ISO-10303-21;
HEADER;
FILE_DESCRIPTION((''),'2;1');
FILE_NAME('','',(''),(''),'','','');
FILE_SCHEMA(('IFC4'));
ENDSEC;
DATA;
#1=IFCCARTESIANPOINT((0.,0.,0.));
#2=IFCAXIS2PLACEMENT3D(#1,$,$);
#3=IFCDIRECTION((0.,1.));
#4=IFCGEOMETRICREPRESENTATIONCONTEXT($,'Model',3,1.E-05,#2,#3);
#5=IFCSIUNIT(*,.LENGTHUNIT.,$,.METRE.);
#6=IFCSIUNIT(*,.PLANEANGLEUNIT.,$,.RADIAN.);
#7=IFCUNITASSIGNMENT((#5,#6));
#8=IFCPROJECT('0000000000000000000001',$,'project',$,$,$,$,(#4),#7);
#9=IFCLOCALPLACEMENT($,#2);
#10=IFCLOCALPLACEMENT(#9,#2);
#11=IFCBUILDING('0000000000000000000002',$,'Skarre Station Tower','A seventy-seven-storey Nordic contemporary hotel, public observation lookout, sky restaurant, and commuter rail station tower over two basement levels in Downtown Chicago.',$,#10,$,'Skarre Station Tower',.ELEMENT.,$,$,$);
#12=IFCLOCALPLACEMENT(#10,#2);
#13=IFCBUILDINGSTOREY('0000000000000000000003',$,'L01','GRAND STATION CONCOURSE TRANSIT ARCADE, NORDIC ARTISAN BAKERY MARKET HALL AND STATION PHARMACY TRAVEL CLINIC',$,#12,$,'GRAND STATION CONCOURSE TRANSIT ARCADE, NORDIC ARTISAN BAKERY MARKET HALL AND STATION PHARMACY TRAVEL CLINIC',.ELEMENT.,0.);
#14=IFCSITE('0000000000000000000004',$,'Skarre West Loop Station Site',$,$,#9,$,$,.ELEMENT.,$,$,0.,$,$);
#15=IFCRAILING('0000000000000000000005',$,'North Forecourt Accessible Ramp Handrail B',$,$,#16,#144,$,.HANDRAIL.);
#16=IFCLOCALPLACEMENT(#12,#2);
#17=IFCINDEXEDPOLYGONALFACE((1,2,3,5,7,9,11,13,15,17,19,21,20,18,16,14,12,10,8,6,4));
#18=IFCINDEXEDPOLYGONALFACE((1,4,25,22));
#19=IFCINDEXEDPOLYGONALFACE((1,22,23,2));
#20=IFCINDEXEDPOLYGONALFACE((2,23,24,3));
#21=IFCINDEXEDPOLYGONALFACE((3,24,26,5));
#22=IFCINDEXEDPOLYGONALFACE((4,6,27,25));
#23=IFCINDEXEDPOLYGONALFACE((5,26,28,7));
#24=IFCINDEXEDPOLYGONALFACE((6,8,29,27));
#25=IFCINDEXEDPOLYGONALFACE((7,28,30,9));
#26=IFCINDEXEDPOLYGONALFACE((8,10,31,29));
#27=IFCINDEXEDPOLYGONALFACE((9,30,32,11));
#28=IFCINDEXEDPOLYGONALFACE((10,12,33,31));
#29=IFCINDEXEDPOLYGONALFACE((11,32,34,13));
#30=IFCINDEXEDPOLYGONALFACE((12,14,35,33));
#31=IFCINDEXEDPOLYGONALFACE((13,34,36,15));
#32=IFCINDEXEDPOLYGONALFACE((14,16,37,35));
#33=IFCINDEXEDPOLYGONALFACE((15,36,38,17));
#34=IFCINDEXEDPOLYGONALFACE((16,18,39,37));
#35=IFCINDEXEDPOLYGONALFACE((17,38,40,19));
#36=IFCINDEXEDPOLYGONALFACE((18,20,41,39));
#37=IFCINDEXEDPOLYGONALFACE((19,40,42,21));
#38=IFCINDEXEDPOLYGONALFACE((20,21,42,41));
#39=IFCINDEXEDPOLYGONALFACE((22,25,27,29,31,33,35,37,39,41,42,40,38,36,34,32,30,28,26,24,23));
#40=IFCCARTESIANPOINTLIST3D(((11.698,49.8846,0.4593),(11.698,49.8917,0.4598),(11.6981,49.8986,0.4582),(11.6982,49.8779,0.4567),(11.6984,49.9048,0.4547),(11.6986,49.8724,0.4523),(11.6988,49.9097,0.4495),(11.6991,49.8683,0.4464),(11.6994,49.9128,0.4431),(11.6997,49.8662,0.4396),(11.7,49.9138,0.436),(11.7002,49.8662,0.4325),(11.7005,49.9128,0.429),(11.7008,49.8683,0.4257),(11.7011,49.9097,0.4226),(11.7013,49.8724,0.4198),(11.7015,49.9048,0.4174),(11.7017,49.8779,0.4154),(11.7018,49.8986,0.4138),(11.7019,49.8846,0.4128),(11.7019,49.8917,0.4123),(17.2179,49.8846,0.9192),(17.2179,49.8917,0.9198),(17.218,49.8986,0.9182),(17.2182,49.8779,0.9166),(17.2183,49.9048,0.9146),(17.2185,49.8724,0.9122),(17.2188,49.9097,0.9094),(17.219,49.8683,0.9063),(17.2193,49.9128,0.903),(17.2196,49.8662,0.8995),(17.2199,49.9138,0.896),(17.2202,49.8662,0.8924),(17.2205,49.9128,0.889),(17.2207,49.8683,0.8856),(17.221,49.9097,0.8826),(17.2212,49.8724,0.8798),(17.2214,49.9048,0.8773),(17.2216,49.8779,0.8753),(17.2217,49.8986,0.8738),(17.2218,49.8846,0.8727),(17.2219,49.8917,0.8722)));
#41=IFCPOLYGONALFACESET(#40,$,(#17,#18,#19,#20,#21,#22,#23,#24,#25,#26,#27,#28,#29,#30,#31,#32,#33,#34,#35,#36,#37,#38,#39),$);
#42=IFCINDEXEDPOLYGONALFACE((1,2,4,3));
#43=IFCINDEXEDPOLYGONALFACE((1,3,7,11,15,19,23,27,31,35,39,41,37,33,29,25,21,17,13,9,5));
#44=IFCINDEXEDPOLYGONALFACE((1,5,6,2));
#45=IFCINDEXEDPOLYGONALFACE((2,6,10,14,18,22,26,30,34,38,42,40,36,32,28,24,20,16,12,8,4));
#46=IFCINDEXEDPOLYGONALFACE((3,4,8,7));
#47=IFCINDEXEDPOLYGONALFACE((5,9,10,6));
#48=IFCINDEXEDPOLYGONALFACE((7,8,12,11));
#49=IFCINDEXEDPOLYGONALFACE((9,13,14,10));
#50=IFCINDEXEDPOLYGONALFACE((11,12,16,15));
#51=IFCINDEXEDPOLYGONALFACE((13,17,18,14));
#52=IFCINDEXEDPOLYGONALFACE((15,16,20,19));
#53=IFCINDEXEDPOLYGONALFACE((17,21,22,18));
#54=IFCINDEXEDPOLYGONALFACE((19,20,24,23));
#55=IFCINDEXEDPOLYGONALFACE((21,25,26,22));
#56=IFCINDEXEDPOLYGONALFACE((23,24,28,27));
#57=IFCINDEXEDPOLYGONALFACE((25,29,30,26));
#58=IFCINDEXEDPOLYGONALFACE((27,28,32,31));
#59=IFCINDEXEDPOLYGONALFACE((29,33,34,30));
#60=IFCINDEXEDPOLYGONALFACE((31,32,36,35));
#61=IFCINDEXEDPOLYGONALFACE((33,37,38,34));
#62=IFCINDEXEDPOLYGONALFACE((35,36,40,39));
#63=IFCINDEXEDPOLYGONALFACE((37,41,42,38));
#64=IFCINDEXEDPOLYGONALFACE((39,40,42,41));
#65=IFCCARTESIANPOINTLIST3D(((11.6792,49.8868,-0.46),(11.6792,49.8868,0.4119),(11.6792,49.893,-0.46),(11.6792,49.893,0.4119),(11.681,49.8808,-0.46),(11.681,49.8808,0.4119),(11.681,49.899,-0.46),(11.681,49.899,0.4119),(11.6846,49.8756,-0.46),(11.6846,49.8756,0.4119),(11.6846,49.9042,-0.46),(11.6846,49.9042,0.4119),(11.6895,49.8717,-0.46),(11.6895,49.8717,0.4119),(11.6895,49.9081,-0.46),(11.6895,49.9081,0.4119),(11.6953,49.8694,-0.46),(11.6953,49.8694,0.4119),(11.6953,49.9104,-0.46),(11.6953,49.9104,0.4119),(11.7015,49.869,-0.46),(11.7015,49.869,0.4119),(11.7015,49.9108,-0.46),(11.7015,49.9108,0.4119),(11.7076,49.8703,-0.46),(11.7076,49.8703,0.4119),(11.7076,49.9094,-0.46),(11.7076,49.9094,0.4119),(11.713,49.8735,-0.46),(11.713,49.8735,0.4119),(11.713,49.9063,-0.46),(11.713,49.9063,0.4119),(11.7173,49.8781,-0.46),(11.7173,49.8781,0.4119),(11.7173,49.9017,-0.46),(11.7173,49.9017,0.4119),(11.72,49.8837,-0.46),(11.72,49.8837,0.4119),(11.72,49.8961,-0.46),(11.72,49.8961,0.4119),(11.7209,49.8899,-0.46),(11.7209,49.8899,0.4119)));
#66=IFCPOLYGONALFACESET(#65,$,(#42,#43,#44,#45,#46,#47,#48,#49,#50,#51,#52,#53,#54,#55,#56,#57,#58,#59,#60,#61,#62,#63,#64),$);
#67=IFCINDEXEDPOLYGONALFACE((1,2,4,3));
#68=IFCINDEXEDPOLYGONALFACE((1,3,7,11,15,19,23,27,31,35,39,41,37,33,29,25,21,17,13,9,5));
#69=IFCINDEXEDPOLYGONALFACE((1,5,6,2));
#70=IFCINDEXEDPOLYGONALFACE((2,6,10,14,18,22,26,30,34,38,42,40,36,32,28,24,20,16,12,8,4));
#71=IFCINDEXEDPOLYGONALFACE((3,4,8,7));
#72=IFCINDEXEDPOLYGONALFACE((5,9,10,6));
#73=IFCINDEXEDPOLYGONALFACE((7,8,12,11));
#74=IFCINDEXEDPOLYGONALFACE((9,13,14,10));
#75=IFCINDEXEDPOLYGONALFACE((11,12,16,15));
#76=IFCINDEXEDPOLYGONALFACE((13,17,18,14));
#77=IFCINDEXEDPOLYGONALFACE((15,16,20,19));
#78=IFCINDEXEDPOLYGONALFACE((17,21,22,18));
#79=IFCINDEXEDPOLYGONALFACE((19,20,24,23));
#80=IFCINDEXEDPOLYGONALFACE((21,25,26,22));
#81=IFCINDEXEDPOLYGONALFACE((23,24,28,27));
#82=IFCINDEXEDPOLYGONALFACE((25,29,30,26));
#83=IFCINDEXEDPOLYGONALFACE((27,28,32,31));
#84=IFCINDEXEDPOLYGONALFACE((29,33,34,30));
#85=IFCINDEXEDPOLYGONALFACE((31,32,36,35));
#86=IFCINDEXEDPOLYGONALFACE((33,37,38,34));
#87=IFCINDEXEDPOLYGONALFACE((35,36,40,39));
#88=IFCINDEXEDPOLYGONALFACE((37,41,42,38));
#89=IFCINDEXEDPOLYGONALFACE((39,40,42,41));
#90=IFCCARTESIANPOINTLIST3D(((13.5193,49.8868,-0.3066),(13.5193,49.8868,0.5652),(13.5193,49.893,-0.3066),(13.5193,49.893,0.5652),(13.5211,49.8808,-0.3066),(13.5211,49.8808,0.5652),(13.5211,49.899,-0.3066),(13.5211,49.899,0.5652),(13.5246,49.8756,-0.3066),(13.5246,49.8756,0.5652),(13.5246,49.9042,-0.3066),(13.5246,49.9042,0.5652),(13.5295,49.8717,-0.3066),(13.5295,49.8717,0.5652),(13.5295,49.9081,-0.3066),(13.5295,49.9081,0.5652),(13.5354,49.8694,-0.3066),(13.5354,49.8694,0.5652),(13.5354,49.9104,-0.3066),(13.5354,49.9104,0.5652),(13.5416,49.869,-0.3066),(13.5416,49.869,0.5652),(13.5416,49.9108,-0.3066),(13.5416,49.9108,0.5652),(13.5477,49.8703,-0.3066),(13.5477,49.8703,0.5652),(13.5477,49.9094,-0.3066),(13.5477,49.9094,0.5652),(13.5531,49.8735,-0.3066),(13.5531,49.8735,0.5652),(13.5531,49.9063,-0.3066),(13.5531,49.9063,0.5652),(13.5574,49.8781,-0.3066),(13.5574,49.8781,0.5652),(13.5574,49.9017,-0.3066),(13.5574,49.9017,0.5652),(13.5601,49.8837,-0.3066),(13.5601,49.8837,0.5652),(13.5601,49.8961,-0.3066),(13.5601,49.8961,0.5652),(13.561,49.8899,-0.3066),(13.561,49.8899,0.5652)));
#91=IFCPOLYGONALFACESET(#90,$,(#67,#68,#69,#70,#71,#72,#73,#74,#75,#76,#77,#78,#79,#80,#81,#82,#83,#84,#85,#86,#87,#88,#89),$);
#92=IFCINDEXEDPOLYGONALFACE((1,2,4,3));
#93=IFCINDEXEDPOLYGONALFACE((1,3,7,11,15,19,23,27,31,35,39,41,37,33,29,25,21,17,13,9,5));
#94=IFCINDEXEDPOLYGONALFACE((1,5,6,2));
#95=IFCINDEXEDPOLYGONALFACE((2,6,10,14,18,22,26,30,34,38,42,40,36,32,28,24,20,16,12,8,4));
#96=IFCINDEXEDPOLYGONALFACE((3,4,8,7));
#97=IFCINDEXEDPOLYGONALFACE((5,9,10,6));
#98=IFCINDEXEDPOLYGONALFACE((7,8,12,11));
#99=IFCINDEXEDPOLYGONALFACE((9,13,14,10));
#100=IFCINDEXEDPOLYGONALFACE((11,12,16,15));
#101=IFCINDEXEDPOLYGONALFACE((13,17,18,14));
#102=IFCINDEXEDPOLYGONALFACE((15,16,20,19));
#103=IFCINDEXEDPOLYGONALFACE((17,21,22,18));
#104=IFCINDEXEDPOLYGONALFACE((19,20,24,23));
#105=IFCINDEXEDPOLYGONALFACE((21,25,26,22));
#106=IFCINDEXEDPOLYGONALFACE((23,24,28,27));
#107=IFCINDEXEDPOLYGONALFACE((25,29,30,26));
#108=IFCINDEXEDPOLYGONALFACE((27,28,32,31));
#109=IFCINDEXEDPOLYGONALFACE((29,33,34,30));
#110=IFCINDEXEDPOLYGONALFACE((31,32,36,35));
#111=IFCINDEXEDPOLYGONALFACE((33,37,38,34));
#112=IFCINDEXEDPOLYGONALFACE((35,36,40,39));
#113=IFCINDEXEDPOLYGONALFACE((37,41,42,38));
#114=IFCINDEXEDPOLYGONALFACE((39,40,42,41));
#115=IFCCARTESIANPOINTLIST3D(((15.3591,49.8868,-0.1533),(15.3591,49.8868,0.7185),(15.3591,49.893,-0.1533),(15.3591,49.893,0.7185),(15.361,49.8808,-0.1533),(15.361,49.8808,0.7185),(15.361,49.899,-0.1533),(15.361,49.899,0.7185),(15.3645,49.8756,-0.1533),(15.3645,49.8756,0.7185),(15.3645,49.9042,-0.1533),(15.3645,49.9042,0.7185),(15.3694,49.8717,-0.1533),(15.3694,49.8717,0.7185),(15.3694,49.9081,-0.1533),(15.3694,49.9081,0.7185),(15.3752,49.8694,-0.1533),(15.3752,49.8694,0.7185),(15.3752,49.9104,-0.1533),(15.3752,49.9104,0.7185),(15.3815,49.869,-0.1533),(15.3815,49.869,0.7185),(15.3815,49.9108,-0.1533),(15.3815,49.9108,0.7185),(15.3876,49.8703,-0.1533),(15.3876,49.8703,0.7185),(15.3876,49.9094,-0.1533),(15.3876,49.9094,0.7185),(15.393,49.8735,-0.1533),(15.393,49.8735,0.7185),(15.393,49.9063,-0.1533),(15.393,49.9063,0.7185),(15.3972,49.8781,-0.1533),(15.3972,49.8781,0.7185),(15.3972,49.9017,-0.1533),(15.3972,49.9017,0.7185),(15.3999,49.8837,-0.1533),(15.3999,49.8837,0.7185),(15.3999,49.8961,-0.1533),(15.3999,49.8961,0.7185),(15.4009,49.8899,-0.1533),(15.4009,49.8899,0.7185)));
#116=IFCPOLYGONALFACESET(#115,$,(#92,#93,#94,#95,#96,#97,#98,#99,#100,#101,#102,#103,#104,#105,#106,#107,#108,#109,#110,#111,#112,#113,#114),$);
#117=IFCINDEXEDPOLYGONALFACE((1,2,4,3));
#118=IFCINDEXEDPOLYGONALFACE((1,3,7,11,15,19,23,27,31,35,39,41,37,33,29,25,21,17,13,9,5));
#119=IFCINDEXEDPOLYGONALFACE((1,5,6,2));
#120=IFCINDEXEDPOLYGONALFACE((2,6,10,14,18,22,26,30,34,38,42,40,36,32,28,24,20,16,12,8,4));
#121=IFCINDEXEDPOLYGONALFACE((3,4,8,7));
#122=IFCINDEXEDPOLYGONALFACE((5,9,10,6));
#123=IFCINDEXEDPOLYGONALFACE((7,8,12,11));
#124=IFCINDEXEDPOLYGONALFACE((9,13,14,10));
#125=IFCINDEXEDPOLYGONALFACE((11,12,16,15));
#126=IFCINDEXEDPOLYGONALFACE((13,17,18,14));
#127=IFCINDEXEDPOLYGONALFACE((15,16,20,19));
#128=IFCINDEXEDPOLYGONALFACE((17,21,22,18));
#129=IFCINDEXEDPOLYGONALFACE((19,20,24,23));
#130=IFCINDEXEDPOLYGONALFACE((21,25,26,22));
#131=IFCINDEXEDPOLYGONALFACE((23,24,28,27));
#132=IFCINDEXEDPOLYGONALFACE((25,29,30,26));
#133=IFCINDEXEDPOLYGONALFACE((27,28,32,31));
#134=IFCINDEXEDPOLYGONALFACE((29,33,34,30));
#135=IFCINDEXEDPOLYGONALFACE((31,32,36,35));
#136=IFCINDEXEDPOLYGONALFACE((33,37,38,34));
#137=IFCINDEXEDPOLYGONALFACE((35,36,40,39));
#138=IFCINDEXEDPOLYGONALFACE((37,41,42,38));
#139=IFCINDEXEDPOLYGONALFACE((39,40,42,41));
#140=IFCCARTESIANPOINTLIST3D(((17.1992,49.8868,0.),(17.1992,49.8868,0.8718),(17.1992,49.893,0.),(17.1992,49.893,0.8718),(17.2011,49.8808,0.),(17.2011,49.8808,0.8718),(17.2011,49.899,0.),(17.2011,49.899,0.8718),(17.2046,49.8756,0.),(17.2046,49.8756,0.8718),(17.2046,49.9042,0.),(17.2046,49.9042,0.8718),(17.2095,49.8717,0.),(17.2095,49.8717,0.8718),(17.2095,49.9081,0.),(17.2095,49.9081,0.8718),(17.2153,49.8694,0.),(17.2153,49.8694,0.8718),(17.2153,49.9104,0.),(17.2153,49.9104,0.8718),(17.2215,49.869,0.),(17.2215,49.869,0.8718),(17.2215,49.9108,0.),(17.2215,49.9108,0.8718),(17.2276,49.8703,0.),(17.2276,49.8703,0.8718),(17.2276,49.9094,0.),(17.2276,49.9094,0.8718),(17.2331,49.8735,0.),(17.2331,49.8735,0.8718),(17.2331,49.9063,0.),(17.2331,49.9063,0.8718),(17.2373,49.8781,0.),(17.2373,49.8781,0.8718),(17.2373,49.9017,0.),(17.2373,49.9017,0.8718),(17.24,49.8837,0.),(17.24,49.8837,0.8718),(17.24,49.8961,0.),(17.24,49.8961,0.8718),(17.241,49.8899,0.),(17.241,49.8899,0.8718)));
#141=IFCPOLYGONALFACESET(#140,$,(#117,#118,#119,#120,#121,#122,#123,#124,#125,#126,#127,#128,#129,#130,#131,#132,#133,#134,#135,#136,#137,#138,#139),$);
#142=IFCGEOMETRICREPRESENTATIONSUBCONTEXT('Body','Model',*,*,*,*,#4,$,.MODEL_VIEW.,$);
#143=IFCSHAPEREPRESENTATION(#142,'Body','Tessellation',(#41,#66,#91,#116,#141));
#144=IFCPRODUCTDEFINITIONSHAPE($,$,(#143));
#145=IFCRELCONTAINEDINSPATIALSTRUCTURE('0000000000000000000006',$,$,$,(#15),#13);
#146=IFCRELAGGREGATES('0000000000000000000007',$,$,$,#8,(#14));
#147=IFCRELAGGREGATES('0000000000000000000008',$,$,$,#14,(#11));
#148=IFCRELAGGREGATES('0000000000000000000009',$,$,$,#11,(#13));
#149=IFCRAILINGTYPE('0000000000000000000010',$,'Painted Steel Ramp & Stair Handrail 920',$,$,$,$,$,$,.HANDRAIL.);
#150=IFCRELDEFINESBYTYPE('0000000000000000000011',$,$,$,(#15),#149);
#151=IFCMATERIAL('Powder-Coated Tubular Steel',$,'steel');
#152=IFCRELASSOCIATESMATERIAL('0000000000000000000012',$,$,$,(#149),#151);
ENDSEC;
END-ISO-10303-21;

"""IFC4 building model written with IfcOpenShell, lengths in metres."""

from ifc_helpers import new_model, si_unit, direction, frame, origin, origin_2d, place, context, subcontext, project, spatial, circle, extrude, material, type_object, element, save


model = new_model("IFC4")

# Units and contexts
model_context = context("Model", 3, precision=1e-05, world=origin(), true_north=direction((0.0, 1.0)))
body_context = subcontext(model_context, "Body", "Model", "MODEL_VIEW")
ifc_project = project(units=[si_unit("LENGTHUNIT", "METRE"), si_unit("PLANEANGLEUNIT", "RADIAN")], contexts=[model_context])

# Site, building, storey
site_placement = place(None, origin())
site = spatial("IfcSite", under=ifc_project, at=site_placement, Name="Skarre West Loop Station Site", CompositionType="ELEMENT", RefElevation=0.0)
building_placement = place(site_placement, origin())
building = spatial("IfcBuilding", under=site, at=building_placement, Name="Skarre Station Tower", Description="A seventy-seven-storey Nordic contemporary hotel, public observation lookout, sky restaurant, and commuter rail station tower over two basement levels in Downtown Chicago.", LongName="Skarre Station Tower", CompositionType="ELEMENT")
storey_placement = place(building_placement, origin())
storey = spatial("IfcBuildingStorey", under=building, at=storey_placement, Name="L01", Description="GRAND STATION CONCOURSE TRANSIT ARCADE, NORDIC ARTISAN BAKERY MARKET HALL AND STATION PHARMACY TRAVEL CLINIC", LongName="GRAND STATION CONCOURSE TRANSIT ARCADE, NORDIC ARTISAN BAKERY MARKET HALL AND STATION PHARMACY TRAVEL CLINIC", CompositionType="ELEMENT", Elevation=0.0)

# Railing
ifc_material_1 = material(Name="Powder-Coated Tubular Steel", Category="steel")
railing_type = type_object("IfcRailingType", Name="Painted Steel Ramp & Stair Handrail 920", PredefinedType="HANDRAIL", material=ifc_material_1)
for number, where, name in (
    (1, (11.7, 49.8899, -0.46), "North Forecourt Accessible Ramp Handrail B"),
):
    element("IfcRailing", number, at=place(storey_placement, frame(where)), inside=storey, type_object=railing_type, Name=name, PredefinedType="HANDRAIL", context=body_context, shape_type="SweptSolid", body=[
        extrude(circle(Radius=0.0239, at=origin_2d()), frame((0.0, 0.0, 0.896), z_axis=(0.996546, 0.0, 0.083038), x_axis=(0.0, 1.0, 0.0)), (0.0, 0.0, 1.0), 5.5391),
        extrude(circle(Radius=0.021, at=origin_2d()), origin(), (0.0, 0.0, 1.0), 0.8718),
        extrude(circle(Radius=0.021, at=origin_2d()), frame((1.8401, 0.0, 0.1533)), (0.0, 0.0, 1.0), 0.8718),
        extrude(circle(Radius=0.021, at=origin_2d()), frame((3.6799, 0.0, 0.3066)), (0.0, 0.0, 1.0), 0.8718),
        extrude(circle(Radius=0.021, at=origin_2d()), frame((5.52, 0.0, 0.46)), (0.0, 0.0, 1.0), 0.8718),
    ])

save(model, "model.ifc")
